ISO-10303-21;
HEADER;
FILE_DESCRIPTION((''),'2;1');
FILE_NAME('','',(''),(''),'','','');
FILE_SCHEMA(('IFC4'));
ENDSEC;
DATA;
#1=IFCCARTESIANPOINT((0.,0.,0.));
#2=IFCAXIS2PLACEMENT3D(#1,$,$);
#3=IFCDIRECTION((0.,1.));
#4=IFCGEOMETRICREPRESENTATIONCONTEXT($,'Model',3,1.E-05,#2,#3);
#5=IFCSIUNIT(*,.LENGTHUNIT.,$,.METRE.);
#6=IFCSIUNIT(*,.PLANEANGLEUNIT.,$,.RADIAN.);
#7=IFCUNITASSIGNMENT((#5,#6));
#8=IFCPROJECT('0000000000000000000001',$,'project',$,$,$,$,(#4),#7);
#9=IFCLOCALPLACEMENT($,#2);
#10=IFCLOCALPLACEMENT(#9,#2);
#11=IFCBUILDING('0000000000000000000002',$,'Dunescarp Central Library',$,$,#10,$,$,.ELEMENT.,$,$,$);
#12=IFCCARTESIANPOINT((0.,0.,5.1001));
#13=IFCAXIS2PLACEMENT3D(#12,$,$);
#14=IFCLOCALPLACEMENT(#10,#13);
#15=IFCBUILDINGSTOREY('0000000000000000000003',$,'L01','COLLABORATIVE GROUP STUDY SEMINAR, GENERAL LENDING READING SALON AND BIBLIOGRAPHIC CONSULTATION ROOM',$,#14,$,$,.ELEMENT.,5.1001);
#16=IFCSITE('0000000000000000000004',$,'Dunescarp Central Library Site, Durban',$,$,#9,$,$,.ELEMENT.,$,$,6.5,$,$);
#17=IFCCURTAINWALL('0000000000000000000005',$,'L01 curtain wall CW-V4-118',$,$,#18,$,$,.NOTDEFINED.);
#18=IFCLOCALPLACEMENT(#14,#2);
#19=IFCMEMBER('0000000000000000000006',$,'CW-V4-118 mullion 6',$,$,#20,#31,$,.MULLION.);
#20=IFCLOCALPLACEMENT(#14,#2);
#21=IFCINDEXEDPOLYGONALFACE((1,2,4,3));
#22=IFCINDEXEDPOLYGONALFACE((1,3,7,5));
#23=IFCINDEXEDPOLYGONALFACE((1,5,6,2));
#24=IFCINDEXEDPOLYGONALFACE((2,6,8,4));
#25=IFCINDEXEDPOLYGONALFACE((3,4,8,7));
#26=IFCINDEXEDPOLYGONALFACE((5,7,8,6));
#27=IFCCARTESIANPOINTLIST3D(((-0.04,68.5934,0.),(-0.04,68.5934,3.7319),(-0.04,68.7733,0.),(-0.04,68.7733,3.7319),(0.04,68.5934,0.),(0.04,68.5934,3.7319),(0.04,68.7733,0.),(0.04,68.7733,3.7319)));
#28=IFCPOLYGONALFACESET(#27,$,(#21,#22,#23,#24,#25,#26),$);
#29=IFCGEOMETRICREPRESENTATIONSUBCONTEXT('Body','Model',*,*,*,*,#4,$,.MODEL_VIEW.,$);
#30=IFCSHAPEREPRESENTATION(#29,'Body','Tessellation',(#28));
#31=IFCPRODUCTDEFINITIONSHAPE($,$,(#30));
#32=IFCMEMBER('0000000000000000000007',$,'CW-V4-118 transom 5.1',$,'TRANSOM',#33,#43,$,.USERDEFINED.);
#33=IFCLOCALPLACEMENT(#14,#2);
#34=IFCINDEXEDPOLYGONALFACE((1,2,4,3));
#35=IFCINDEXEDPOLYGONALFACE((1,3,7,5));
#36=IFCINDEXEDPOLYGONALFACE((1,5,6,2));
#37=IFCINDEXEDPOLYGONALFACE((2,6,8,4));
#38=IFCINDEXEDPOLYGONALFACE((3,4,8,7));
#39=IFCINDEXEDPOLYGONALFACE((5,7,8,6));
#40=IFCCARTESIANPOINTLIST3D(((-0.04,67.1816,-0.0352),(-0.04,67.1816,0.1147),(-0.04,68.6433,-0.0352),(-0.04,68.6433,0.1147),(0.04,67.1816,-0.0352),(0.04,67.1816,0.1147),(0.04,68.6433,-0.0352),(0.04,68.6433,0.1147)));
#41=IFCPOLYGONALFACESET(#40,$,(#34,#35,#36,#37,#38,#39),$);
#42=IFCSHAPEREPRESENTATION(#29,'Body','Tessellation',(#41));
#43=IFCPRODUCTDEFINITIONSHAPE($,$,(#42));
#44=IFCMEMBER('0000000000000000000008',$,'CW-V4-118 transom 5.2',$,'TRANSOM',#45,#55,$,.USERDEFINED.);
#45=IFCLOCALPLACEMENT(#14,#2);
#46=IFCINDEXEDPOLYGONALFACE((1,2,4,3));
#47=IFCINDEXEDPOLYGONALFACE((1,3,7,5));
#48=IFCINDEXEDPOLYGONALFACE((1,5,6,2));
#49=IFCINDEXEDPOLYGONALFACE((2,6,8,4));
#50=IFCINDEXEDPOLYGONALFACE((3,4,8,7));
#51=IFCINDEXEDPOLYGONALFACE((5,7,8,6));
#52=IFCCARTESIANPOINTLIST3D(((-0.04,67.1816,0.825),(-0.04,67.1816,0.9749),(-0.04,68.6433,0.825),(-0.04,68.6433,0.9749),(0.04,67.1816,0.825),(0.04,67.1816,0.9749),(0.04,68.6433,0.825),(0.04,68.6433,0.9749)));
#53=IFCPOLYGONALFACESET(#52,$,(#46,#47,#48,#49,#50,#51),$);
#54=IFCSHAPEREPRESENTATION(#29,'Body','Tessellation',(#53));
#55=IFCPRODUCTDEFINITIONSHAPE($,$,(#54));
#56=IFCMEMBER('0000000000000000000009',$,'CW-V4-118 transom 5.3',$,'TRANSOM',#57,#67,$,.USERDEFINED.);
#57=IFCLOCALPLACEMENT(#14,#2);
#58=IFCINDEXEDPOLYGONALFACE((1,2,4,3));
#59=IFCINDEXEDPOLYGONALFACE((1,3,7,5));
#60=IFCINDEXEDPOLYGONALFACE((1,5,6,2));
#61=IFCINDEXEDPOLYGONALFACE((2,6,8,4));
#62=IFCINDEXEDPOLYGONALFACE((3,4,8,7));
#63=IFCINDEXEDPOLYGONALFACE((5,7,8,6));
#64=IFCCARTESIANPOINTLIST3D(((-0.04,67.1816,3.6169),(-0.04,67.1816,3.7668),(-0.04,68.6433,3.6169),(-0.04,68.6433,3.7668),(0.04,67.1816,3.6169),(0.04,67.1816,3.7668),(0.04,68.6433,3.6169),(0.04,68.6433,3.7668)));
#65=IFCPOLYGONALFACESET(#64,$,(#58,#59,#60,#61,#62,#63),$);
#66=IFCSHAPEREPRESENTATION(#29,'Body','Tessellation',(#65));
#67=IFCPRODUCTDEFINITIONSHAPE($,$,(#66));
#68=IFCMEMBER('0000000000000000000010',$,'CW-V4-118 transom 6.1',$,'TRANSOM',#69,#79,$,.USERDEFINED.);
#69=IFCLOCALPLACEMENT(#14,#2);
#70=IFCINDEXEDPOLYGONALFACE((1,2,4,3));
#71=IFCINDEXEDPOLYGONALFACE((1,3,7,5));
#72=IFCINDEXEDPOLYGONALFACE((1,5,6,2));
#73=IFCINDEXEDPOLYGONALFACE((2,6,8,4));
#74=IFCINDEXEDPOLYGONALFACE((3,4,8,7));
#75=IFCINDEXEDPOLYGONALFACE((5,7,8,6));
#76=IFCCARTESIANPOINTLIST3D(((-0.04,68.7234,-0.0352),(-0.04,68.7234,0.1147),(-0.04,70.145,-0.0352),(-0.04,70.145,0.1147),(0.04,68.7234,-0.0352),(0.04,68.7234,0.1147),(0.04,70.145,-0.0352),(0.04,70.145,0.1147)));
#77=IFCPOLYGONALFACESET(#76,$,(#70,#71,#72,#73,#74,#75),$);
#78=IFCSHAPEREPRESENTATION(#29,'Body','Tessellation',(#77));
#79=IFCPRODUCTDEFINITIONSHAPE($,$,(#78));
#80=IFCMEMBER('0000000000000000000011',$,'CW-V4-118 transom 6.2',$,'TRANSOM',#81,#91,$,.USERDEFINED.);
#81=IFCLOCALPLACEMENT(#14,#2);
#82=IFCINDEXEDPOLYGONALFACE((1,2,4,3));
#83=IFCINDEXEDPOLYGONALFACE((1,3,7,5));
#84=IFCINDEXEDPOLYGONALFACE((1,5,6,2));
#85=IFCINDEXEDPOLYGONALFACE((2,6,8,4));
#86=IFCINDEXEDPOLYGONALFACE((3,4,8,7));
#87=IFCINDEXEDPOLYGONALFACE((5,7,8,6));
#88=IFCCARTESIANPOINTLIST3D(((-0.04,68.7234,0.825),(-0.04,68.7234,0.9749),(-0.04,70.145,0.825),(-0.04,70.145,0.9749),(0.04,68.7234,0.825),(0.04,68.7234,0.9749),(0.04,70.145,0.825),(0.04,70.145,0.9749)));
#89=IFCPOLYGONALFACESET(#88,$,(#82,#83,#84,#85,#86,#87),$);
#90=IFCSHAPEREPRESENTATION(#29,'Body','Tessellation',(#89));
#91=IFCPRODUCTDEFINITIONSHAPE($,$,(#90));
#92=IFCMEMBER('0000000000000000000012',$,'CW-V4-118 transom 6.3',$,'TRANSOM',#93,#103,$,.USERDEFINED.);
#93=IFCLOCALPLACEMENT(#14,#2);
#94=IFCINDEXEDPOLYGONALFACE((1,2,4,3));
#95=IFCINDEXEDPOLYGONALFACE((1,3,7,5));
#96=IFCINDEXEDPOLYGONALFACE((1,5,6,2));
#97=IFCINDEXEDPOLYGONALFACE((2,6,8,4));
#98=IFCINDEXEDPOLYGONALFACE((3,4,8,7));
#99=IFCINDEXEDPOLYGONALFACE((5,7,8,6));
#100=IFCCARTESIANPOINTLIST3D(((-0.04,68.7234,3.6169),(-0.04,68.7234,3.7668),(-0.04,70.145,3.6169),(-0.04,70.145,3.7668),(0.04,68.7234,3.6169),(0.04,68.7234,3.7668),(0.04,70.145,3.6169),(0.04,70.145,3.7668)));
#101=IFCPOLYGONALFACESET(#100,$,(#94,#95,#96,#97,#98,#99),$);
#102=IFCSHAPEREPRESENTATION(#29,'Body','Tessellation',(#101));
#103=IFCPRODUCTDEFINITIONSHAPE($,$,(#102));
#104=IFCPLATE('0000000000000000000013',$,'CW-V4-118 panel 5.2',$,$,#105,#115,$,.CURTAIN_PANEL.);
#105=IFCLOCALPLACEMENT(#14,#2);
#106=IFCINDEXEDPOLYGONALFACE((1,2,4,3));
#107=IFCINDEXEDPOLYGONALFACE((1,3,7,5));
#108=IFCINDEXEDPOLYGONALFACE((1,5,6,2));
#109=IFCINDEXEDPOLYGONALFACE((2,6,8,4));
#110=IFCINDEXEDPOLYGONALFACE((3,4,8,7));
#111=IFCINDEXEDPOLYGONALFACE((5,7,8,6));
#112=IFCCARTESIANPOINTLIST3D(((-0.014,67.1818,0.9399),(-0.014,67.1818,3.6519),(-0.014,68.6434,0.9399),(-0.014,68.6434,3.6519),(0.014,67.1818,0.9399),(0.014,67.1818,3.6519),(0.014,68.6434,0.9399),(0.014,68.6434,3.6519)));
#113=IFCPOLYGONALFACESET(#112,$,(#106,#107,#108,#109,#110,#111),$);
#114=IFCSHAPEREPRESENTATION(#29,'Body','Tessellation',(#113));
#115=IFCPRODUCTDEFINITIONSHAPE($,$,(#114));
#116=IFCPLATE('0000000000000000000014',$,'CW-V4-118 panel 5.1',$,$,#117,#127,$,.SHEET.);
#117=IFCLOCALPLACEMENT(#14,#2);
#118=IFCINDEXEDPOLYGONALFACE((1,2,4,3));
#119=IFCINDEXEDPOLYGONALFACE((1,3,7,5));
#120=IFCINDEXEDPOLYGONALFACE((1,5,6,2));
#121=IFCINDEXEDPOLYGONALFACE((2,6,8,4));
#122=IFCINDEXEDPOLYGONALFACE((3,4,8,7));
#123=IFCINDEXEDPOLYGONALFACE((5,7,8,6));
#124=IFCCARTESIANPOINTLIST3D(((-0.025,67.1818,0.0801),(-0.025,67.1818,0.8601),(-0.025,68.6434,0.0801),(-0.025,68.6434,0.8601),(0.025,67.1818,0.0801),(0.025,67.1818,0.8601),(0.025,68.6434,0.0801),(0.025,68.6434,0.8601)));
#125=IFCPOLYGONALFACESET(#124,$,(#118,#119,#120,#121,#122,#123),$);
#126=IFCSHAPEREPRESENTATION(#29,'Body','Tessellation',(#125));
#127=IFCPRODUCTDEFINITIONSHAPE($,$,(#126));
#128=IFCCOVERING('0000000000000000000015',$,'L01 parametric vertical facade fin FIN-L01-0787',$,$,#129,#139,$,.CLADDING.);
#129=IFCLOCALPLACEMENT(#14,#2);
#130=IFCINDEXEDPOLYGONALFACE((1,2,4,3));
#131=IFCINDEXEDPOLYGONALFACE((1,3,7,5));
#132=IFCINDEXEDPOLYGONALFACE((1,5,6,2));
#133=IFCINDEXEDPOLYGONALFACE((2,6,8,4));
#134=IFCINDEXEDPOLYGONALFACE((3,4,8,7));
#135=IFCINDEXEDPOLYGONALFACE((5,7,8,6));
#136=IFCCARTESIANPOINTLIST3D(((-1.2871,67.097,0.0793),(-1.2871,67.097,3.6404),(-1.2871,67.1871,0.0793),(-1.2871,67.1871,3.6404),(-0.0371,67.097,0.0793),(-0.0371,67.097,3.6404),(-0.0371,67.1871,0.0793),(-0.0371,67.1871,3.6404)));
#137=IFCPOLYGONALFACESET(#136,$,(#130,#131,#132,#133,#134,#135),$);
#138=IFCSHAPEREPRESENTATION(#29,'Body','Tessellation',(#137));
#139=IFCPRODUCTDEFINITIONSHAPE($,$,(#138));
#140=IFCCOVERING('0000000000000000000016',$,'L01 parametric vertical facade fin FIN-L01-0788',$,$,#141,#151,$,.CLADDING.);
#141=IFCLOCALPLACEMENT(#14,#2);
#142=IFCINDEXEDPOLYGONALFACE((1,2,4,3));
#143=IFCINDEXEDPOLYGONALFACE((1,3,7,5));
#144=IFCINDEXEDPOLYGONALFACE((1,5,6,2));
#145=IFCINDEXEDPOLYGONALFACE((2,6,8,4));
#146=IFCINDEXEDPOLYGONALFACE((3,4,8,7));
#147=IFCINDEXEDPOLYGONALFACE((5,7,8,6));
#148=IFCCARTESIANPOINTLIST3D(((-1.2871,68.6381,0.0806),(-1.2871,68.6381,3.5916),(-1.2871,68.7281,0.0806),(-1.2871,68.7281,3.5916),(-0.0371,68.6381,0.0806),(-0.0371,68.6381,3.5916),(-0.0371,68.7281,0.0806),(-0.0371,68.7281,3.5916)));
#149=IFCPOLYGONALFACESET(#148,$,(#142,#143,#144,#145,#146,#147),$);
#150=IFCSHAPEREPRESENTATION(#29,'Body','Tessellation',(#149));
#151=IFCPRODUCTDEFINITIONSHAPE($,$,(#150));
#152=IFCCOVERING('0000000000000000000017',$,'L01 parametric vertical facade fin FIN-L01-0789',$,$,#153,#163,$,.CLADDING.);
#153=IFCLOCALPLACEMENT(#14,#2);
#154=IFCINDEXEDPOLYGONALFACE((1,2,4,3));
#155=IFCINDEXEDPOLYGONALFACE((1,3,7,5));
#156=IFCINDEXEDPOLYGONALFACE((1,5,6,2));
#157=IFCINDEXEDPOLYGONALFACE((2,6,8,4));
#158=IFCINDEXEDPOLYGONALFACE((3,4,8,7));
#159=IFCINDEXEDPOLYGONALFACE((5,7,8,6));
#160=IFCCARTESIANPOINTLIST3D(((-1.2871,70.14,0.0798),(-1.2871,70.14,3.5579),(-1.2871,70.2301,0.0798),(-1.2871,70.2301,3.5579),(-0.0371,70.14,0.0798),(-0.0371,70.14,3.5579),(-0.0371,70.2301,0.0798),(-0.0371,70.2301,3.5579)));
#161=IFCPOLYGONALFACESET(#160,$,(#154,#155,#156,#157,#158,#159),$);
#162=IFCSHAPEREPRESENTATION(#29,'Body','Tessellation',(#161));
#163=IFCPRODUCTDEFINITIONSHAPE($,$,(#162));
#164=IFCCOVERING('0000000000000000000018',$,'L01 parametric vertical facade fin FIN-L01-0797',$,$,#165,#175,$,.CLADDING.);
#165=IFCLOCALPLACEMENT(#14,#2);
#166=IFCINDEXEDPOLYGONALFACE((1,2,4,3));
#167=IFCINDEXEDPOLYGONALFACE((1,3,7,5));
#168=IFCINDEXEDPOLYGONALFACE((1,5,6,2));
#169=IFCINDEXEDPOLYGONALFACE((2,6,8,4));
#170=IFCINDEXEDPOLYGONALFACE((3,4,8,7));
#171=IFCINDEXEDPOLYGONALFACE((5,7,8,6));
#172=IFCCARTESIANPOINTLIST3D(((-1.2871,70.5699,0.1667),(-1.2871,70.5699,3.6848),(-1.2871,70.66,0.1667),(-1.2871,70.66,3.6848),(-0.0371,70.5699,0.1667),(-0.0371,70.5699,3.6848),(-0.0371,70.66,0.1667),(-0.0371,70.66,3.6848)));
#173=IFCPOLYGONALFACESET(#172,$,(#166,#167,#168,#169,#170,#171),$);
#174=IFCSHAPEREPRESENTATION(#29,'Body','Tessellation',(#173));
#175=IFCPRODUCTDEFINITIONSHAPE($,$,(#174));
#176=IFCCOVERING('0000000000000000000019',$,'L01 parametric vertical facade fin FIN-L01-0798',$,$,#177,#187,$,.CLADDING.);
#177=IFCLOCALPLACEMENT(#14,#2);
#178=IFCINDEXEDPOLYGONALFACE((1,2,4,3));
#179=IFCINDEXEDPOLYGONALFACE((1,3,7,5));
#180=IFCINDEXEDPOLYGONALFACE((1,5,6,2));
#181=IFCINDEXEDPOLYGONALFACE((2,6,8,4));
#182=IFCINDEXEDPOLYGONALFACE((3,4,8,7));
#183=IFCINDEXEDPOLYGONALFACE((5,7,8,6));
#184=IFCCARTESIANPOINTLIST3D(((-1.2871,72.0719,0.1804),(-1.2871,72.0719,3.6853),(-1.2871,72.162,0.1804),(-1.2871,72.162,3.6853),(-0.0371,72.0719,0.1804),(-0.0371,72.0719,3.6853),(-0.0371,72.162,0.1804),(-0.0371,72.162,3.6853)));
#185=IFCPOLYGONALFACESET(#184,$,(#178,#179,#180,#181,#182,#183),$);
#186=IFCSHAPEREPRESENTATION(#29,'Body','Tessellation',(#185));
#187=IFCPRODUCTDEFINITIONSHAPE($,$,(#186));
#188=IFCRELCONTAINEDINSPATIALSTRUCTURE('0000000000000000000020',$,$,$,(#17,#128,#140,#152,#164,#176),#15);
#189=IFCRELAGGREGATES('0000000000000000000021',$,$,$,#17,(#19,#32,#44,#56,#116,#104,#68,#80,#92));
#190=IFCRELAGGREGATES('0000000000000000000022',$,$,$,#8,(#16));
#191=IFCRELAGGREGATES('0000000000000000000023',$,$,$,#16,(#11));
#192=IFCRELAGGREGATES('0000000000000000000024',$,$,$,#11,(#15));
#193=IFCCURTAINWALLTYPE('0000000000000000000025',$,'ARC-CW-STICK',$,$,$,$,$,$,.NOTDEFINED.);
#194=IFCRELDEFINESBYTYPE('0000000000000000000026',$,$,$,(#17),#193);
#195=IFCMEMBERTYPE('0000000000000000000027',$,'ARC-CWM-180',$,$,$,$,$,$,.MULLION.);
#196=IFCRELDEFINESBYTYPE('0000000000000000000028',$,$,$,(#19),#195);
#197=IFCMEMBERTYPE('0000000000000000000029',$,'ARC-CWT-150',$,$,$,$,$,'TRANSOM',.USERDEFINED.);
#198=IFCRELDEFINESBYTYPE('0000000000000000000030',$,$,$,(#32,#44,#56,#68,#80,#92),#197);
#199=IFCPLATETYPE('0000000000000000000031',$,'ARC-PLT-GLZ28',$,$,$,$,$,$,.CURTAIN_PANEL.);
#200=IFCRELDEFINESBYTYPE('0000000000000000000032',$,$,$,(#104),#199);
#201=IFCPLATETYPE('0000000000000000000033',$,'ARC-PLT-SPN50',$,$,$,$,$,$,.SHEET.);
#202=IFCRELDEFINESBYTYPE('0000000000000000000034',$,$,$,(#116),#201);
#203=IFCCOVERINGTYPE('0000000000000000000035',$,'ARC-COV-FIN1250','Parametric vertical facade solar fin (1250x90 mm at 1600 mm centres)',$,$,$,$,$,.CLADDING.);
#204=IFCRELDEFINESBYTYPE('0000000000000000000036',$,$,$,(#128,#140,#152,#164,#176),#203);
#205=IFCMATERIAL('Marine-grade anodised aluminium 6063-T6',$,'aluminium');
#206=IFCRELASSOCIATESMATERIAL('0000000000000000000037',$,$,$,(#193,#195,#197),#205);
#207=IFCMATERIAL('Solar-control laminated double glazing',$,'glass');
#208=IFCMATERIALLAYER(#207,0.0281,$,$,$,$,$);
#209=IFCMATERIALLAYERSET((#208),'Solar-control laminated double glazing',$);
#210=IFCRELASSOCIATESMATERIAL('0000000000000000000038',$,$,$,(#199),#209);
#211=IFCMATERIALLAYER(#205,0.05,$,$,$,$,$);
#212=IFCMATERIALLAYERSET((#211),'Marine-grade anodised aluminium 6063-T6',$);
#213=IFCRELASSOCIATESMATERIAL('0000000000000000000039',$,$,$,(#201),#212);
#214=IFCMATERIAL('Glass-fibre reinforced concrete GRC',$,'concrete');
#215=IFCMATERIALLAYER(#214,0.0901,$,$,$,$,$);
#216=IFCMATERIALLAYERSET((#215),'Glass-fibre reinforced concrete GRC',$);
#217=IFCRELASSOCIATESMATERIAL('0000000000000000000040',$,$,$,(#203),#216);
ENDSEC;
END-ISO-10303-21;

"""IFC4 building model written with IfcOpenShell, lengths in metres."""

from ifc_helpers import new_model, si_unit, direction, frame, origin, origin_2d, place, context, subcontext, project, spatial, rectangle, extrude, material, layer, layer_set, material_profile, profile_set, type_object, element, aggregate, save


model = new_model("IFC4")

# Units and contexts
model_context = context("Model", 3, precision=1e-05, world=origin(), true_north=direction((0.0, 1.0)))
body_context = subcontext(model_context, "Body", "Model", "MODEL_VIEW")
ifc_project = project(units=[si_unit("LENGTHUNIT", "METRE"), si_unit("PLANEANGLEUNIT", "RADIAN")], contexts=[model_context])

# Site, building, storey
site_placement = place(None, origin())
site = spatial("IfcSite", under=ifc_project, at=site_placement, Name="Dunescarp Central Library Site, Durban", CompositionType="ELEMENT", RefElevation=6.5)
building_placement = place(site_placement, origin())
building = spatial("IfcBuilding", under=site, at=building_placement, Name="Dunescarp Central Library", CompositionType="ELEMENT")
storey_placement = place(building_placement, frame((0.0, 0.0, 5.1001)))
storey = spatial("IfcBuildingStorey", under=building, at=storey_placement, Name="L01", Description="COLLABORATIVE GROUP STUDY SEMINAR, GENERAL LENDING READING SALON AND BIBLIOGRAPHIC CONSULTATION ROOM", CompositionType="ELEMENT", Elevation=5.1001)

# Curtain wall, members, plates
ifc_material_1 = material(Name="Marine-grade anodised aluminium 6063-T6", Category="aluminium")
curtain_wall_type = type_object("IfcCurtainWallType", Name="ARC-CW-STICK", PredefinedType="NOTDEFINED", material=ifc_material_1)
curtain_wall_placement = place(storey_placement, origin())
curtain_wall = element("IfcCurtainWall", 1, at=curtain_wall_placement, inside=storey, type_object=curtain_wall_type, Name="L01 curtain wall CW-V4-118", PredefinedType="NOTDEFINED")
ifc_material_profile_1 = material_profile(ifc_material_1, rectangle(XDim=0.0801, YDim=0.1799, at=origin_2d()), Name="AL 80x180")
ifc_profile_set_1 = profile_set([ifc_material_profile_1], Name="Marine-grade anodised aluminium 6063-T6")
member_type_1 = type_object("IfcMemberType", Name="ARC-CWM-180", PredefinedType="MULLION", material=ifc_profile_set_1)
member_1_placement = place(storey_placement, frame((0.0, 68.6833, 0.0), z_axis=(0.0, 0.0, 1.0), x_axis=(-1.0, 0.0, 0.0)))
member_1 = element("IfcMember", 2, at=member_1_placement, type_object=member_type_1, Name="CW-V4-118 mullion 6", PredefinedType="MULLION", context=body_context, shape_type="SweptSolid", body=[
    extrude(rectangle(XDim=0.0801, YDim=0.1799, at=origin_2d()), origin(), (0.0, 0.0, 1.0), 3.7319),
])
ifc_material_profile_2 = material_profile(ifc_material_1, rectangle(XDim=0.0801, YDim=0.1499, at=origin_2d()), Name="AL 80x150")
ifc_profile_set_2 = profile_set([ifc_material_profile_2], Name="Marine-grade anodised aluminium 6063-T6")
member_type_2 = type_object("IfcMemberType", Name="ARC-CWT-150", ElementType="TRANSOM", PredefinedType="USERDEFINED", material=ifc_profile_set_2)
member_2_placement = place(storey_placement, frame((0.0, 67.1816, 0.0398), z_axis=(0.0, 1.0, 0.0), x_axis=(-1.0, 0.0, 0.0)))
member_2 = element("IfcMember", 3, at=member_2_placement, type_object=member_type_2, Name="CW-V4-118 transom 5.1", ObjectType="TRANSOM", PredefinedType="USERDEFINED", context=body_context, shape_type="SweptSolid", body=[
    extrude(rectangle(XDim=0.0801, YDim=0.1499, at=origin_2d()), origin(), (0.0, 0.0, 1.0), 1.4617),
])
member_3_placement = place(storey_placement, frame((0.0, 67.1816, 0.8999), z_axis=(0.0, 1.0, 0.0), x_axis=(-1.0, 0.0, 0.0)))
member_3 = element("IfcMember", 4, at=member_3_placement, type_object=member_type_2, Name="CW-V4-118 transom 5.2", ObjectType="TRANSOM", PredefinedType="USERDEFINED", context=body_context, shape_type="SweptSolid", body=[
    extrude(rectangle(XDim=0.0801, YDim=0.1499, at=origin_2d()), origin(), (0.0, 0.0, 1.0), 1.4617),
])
member_4_placement = place(storey_placement, frame((0.0, 67.1816, 3.6919), z_axis=(0.0, 1.0, 0.0), x_axis=(-1.0, 0.0, 0.0)))
member_4 = element("IfcMember", 5, at=member_4_placement, type_object=member_type_2, Name="CW-V4-118 transom 5.3", ObjectType="TRANSOM", PredefinedType="USERDEFINED", context=body_context, shape_type="SweptSolid", body=[
    extrude(rectangle(XDim=0.0801, YDim=0.1499, at=origin_2d()), origin(), (0.0, 0.0, 1.0), 1.4617),
])
member_5_placement = place(storey_placement, frame((0.0, 68.7234, 0.0398), z_axis=(0.0, 1.0, 0.0), x_axis=(-1.0, 0.0, 0.0)))
member_5 = element("IfcMember", 6, at=member_5_placement, type_object=member_type_2, Name="CW-V4-118 transom 6.1", ObjectType="TRANSOM", PredefinedType="USERDEFINED", context=body_context, shape_type="SweptSolid", body=[
    extrude(rectangle(XDim=0.0801, YDim=0.1499, at=origin_2d()), origin(), (0.0, 0.0, 1.0), 1.4216),
])
member_6_placement = place(storey_placement, frame((0.0, 68.7234, 0.8999), z_axis=(0.0, 1.0, 0.0), x_axis=(-1.0, 0.0, 0.0)))
member_6 = element("IfcMember", 7, at=member_6_placement, type_object=member_type_2, Name="CW-V4-118 transom 6.2", ObjectType="TRANSOM", PredefinedType="USERDEFINED", context=body_context, shape_type="SweptSolid", body=[
    extrude(rectangle(XDim=0.0801, YDim=0.1499, at=origin_2d()), origin(), (0.0, 0.0, 1.0), 1.4216),
])
member_7_placement = place(storey_placement, frame((0.0, 68.7234, 3.6919), z_axis=(0.0, 1.0, 0.0), x_axis=(-1.0, 0.0, 0.0)))
member_7 = element("IfcMember", 8, at=member_7_placement, type_object=member_type_2, Name="CW-V4-118 transom 6.3", ObjectType="TRANSOM", PredefinedType="USERDEFINED", context=body_context, shape_type="SweptSolid", body=[
    extrude(rectangle(XDim=0.0801, YDim=0.1499, at=origin_2d()), origin(), (0.0, 0.0, 1.0), 1.4216),
])
ifc_material_2 = material(Name="Solar-control laminated double glazing", Category="glass")
ifc_layer_1 = layer(ifc_material_2, 0.0281)
ifc_layer_set_1 = layer_set([ifc_layer_1], Name="Solar-control laminated double glazing")
plate_type_1 = type_object("IfcPlateType", Name="ARC-PLT-GLZ28", PredefinedType="CURTAIN_PANEL", material=ifc_layer_set_1)
plate_1_placement = place(storey_placement, frame((0.0, 67.9126, 0.9399), z_axis=(0.0, 0.0, 1.0), x_axis=(0.0, 1.0, 0.0)))
plate_1 = element("IfcPlate", 9, at=plate_1_placement, type_object=plate_type_1, Name="CW-V4-118 panel 5.2", PredefinedType="CURTAIN_PANEL", context=body_context, shape_type="SweptSolid", body=[
    extrude(rectangle(XDim=1.4617, YDim=0.0281, at=origin_2d()), origin(), (0.0, 0.0, 1.0), 2.7119),
])
ifc_layer_2 = layer(ifc_material_1, 0.05)
ifc_layer_set_2 = layer_set([ifc_layer_2], Name="Marine-grade anodised aluminium 6063-T6")
plate_type_2 = type_object("IfcPlateType", Name="ARC-PLT-SPN50", PredefinedType="SHEET", material=ifc_layer_set_2)
plate_2_placement = place(storey_placement, frame((0.0, 67.9126, 0.0801), z_axis=(0.0, 0.0, 1.0), x_axis=(0.0, 1.0, 0.0)))
plate_2 = element("IfcPlate", 10, at=plate_2_placement, type_object=plate_type_2, Name="CW-V4-118 panel 5.1", PredefinedType="SHEET", context=body_context, shape_type="SweptSolid", body=[
    extrude(rectangle(XDim=1.4617, YDim=0.05, at=origin_2d()), origin(), (0.0, 0.0, 1.0), 0.78),
])
aggregate(curtain_wall, [member_1, member_2, member_3, member_4, plate_2, plate_1, member_5, member_6, member_7])

# Coverings
ifc_material_3 = material(Name="Glass-fibre reinforced concrete GRC", Category="concrete")
ifc_layer_3 = layer(ifc_material_3, 0.0901)
ifc_layer_set_3 = layer_set([ifc_layer_3], Name="Glass-fibre reinforced concrete GRC")
covering_type = type_object("IfcCoveringType", Name="ARC-COV-FIN1250", Description="Parametric vertical facade solar fin (1250x90 mm at 1600 mm centres)", PredefinedType="CLADDING", material=ifc_layer_set_3)
covering_1_placement = place(storey_placement, frame((-0.6621, 67.1421, 0.0793), z_axis=(0.0, 0.0, 1.0), x_axis=(-1.0, 0.0, 0.0)))
element("IfcCovering", 11, at=covering_1_placement, inside=storey, type_object=covering_type, Name="L01 parametric vertical facade fin FIN-L01-0787", PredefinedType="CLADDING", context=body_context, shape_type="SweptSolid", body=[
    extrude(rectangle(XDim=1.25, YDim=0.0901, at=origin_2d()), origin(), (0.0, 0.0, 1.0), 3.561),
])
covering_2_placement = place(storey_placement, frame((-0.6621, 68.6831, 0.0806), z_axis=(0.0, 0.0, 1.0), x_axis=(-1.0, 0.0, 0.0)))
element("IfcCovering", 12, at=covering_2_placement, inside=storey, type_object=covering_type, Name="L01 parametric vertical facade fin FIN-L01-0788", PredefinedType="CLADDING", context=body_context, shape_type="SweptSolid", body=[
    extrude(rectangle(XDim=1.25, YDim=0.0901, at=origin_2d()), origin(), (0.0, 0.0, 1.0), 3.511),
])
covering_3_placement = place(storey_placement, frame((-0.6621, 70.1851, 0.0798), z_axis=(0.0, 0.0, 1.0), x_axis=(-1.0, 0.0, 0.0)))
element("IfcCovering", 13, at=covering_3_placement, inside=storey, type_object=covering_type, Name="L01 parametric vertical facade fin FIN-L01-0789", PredefinedType="CLADDING", context=body_context, shape_type="SweptSolid", body=[
    extrude(rectangle(XDim=1.25, YDim=0.0901, at=origin_2d()), origin(), (0.0, 0.0, 1.0), 3.478),
])
covering_4_placement = place(storey_placement, frame((-0.6621, 70.615, 0.1667), z_axis=(0.0, 0.0, 1.0), x_axis=(-1.0, 0.0, 0.0)))
element("IfcCovering", 14, at=covering_4_placement, inside=storey, type_object=covering_type, Name="L01 parametric vertical facade fin FIN-L01-0797", PredefinedType="CLADDING", context=body_context, shape_type="SweptSolid", body=[
    extrude(rectangle(XDim=1.25, YDim=0.0901, at=origin_2d()), origin(), (0.0, 0.0, 1.0), 3.5181),
])
covering_5_placement = place(storey_placement, frame((-0.6621, 72.1169, 0.1804), z_axis=(0.0, 0.0, 1.0), x_axis=(-1.0, 0.0, 0.0)))
element("IfcCovering", 15, at=covering_5_placement, inside=storey, type_object=covering_type, Name="L01 parametric vertical facade fin FIN-L01-0798", PredefinedType="CLADDING", context=body_context, shape_type="SweptSolid", body=[
    extrude(rectangle(XDim=1.25, YDim=0.0901, at=origin_2d()), origin(), (0.0, 0.0, 1.0), 3.5049),
])

save(model, "model.ifc")
